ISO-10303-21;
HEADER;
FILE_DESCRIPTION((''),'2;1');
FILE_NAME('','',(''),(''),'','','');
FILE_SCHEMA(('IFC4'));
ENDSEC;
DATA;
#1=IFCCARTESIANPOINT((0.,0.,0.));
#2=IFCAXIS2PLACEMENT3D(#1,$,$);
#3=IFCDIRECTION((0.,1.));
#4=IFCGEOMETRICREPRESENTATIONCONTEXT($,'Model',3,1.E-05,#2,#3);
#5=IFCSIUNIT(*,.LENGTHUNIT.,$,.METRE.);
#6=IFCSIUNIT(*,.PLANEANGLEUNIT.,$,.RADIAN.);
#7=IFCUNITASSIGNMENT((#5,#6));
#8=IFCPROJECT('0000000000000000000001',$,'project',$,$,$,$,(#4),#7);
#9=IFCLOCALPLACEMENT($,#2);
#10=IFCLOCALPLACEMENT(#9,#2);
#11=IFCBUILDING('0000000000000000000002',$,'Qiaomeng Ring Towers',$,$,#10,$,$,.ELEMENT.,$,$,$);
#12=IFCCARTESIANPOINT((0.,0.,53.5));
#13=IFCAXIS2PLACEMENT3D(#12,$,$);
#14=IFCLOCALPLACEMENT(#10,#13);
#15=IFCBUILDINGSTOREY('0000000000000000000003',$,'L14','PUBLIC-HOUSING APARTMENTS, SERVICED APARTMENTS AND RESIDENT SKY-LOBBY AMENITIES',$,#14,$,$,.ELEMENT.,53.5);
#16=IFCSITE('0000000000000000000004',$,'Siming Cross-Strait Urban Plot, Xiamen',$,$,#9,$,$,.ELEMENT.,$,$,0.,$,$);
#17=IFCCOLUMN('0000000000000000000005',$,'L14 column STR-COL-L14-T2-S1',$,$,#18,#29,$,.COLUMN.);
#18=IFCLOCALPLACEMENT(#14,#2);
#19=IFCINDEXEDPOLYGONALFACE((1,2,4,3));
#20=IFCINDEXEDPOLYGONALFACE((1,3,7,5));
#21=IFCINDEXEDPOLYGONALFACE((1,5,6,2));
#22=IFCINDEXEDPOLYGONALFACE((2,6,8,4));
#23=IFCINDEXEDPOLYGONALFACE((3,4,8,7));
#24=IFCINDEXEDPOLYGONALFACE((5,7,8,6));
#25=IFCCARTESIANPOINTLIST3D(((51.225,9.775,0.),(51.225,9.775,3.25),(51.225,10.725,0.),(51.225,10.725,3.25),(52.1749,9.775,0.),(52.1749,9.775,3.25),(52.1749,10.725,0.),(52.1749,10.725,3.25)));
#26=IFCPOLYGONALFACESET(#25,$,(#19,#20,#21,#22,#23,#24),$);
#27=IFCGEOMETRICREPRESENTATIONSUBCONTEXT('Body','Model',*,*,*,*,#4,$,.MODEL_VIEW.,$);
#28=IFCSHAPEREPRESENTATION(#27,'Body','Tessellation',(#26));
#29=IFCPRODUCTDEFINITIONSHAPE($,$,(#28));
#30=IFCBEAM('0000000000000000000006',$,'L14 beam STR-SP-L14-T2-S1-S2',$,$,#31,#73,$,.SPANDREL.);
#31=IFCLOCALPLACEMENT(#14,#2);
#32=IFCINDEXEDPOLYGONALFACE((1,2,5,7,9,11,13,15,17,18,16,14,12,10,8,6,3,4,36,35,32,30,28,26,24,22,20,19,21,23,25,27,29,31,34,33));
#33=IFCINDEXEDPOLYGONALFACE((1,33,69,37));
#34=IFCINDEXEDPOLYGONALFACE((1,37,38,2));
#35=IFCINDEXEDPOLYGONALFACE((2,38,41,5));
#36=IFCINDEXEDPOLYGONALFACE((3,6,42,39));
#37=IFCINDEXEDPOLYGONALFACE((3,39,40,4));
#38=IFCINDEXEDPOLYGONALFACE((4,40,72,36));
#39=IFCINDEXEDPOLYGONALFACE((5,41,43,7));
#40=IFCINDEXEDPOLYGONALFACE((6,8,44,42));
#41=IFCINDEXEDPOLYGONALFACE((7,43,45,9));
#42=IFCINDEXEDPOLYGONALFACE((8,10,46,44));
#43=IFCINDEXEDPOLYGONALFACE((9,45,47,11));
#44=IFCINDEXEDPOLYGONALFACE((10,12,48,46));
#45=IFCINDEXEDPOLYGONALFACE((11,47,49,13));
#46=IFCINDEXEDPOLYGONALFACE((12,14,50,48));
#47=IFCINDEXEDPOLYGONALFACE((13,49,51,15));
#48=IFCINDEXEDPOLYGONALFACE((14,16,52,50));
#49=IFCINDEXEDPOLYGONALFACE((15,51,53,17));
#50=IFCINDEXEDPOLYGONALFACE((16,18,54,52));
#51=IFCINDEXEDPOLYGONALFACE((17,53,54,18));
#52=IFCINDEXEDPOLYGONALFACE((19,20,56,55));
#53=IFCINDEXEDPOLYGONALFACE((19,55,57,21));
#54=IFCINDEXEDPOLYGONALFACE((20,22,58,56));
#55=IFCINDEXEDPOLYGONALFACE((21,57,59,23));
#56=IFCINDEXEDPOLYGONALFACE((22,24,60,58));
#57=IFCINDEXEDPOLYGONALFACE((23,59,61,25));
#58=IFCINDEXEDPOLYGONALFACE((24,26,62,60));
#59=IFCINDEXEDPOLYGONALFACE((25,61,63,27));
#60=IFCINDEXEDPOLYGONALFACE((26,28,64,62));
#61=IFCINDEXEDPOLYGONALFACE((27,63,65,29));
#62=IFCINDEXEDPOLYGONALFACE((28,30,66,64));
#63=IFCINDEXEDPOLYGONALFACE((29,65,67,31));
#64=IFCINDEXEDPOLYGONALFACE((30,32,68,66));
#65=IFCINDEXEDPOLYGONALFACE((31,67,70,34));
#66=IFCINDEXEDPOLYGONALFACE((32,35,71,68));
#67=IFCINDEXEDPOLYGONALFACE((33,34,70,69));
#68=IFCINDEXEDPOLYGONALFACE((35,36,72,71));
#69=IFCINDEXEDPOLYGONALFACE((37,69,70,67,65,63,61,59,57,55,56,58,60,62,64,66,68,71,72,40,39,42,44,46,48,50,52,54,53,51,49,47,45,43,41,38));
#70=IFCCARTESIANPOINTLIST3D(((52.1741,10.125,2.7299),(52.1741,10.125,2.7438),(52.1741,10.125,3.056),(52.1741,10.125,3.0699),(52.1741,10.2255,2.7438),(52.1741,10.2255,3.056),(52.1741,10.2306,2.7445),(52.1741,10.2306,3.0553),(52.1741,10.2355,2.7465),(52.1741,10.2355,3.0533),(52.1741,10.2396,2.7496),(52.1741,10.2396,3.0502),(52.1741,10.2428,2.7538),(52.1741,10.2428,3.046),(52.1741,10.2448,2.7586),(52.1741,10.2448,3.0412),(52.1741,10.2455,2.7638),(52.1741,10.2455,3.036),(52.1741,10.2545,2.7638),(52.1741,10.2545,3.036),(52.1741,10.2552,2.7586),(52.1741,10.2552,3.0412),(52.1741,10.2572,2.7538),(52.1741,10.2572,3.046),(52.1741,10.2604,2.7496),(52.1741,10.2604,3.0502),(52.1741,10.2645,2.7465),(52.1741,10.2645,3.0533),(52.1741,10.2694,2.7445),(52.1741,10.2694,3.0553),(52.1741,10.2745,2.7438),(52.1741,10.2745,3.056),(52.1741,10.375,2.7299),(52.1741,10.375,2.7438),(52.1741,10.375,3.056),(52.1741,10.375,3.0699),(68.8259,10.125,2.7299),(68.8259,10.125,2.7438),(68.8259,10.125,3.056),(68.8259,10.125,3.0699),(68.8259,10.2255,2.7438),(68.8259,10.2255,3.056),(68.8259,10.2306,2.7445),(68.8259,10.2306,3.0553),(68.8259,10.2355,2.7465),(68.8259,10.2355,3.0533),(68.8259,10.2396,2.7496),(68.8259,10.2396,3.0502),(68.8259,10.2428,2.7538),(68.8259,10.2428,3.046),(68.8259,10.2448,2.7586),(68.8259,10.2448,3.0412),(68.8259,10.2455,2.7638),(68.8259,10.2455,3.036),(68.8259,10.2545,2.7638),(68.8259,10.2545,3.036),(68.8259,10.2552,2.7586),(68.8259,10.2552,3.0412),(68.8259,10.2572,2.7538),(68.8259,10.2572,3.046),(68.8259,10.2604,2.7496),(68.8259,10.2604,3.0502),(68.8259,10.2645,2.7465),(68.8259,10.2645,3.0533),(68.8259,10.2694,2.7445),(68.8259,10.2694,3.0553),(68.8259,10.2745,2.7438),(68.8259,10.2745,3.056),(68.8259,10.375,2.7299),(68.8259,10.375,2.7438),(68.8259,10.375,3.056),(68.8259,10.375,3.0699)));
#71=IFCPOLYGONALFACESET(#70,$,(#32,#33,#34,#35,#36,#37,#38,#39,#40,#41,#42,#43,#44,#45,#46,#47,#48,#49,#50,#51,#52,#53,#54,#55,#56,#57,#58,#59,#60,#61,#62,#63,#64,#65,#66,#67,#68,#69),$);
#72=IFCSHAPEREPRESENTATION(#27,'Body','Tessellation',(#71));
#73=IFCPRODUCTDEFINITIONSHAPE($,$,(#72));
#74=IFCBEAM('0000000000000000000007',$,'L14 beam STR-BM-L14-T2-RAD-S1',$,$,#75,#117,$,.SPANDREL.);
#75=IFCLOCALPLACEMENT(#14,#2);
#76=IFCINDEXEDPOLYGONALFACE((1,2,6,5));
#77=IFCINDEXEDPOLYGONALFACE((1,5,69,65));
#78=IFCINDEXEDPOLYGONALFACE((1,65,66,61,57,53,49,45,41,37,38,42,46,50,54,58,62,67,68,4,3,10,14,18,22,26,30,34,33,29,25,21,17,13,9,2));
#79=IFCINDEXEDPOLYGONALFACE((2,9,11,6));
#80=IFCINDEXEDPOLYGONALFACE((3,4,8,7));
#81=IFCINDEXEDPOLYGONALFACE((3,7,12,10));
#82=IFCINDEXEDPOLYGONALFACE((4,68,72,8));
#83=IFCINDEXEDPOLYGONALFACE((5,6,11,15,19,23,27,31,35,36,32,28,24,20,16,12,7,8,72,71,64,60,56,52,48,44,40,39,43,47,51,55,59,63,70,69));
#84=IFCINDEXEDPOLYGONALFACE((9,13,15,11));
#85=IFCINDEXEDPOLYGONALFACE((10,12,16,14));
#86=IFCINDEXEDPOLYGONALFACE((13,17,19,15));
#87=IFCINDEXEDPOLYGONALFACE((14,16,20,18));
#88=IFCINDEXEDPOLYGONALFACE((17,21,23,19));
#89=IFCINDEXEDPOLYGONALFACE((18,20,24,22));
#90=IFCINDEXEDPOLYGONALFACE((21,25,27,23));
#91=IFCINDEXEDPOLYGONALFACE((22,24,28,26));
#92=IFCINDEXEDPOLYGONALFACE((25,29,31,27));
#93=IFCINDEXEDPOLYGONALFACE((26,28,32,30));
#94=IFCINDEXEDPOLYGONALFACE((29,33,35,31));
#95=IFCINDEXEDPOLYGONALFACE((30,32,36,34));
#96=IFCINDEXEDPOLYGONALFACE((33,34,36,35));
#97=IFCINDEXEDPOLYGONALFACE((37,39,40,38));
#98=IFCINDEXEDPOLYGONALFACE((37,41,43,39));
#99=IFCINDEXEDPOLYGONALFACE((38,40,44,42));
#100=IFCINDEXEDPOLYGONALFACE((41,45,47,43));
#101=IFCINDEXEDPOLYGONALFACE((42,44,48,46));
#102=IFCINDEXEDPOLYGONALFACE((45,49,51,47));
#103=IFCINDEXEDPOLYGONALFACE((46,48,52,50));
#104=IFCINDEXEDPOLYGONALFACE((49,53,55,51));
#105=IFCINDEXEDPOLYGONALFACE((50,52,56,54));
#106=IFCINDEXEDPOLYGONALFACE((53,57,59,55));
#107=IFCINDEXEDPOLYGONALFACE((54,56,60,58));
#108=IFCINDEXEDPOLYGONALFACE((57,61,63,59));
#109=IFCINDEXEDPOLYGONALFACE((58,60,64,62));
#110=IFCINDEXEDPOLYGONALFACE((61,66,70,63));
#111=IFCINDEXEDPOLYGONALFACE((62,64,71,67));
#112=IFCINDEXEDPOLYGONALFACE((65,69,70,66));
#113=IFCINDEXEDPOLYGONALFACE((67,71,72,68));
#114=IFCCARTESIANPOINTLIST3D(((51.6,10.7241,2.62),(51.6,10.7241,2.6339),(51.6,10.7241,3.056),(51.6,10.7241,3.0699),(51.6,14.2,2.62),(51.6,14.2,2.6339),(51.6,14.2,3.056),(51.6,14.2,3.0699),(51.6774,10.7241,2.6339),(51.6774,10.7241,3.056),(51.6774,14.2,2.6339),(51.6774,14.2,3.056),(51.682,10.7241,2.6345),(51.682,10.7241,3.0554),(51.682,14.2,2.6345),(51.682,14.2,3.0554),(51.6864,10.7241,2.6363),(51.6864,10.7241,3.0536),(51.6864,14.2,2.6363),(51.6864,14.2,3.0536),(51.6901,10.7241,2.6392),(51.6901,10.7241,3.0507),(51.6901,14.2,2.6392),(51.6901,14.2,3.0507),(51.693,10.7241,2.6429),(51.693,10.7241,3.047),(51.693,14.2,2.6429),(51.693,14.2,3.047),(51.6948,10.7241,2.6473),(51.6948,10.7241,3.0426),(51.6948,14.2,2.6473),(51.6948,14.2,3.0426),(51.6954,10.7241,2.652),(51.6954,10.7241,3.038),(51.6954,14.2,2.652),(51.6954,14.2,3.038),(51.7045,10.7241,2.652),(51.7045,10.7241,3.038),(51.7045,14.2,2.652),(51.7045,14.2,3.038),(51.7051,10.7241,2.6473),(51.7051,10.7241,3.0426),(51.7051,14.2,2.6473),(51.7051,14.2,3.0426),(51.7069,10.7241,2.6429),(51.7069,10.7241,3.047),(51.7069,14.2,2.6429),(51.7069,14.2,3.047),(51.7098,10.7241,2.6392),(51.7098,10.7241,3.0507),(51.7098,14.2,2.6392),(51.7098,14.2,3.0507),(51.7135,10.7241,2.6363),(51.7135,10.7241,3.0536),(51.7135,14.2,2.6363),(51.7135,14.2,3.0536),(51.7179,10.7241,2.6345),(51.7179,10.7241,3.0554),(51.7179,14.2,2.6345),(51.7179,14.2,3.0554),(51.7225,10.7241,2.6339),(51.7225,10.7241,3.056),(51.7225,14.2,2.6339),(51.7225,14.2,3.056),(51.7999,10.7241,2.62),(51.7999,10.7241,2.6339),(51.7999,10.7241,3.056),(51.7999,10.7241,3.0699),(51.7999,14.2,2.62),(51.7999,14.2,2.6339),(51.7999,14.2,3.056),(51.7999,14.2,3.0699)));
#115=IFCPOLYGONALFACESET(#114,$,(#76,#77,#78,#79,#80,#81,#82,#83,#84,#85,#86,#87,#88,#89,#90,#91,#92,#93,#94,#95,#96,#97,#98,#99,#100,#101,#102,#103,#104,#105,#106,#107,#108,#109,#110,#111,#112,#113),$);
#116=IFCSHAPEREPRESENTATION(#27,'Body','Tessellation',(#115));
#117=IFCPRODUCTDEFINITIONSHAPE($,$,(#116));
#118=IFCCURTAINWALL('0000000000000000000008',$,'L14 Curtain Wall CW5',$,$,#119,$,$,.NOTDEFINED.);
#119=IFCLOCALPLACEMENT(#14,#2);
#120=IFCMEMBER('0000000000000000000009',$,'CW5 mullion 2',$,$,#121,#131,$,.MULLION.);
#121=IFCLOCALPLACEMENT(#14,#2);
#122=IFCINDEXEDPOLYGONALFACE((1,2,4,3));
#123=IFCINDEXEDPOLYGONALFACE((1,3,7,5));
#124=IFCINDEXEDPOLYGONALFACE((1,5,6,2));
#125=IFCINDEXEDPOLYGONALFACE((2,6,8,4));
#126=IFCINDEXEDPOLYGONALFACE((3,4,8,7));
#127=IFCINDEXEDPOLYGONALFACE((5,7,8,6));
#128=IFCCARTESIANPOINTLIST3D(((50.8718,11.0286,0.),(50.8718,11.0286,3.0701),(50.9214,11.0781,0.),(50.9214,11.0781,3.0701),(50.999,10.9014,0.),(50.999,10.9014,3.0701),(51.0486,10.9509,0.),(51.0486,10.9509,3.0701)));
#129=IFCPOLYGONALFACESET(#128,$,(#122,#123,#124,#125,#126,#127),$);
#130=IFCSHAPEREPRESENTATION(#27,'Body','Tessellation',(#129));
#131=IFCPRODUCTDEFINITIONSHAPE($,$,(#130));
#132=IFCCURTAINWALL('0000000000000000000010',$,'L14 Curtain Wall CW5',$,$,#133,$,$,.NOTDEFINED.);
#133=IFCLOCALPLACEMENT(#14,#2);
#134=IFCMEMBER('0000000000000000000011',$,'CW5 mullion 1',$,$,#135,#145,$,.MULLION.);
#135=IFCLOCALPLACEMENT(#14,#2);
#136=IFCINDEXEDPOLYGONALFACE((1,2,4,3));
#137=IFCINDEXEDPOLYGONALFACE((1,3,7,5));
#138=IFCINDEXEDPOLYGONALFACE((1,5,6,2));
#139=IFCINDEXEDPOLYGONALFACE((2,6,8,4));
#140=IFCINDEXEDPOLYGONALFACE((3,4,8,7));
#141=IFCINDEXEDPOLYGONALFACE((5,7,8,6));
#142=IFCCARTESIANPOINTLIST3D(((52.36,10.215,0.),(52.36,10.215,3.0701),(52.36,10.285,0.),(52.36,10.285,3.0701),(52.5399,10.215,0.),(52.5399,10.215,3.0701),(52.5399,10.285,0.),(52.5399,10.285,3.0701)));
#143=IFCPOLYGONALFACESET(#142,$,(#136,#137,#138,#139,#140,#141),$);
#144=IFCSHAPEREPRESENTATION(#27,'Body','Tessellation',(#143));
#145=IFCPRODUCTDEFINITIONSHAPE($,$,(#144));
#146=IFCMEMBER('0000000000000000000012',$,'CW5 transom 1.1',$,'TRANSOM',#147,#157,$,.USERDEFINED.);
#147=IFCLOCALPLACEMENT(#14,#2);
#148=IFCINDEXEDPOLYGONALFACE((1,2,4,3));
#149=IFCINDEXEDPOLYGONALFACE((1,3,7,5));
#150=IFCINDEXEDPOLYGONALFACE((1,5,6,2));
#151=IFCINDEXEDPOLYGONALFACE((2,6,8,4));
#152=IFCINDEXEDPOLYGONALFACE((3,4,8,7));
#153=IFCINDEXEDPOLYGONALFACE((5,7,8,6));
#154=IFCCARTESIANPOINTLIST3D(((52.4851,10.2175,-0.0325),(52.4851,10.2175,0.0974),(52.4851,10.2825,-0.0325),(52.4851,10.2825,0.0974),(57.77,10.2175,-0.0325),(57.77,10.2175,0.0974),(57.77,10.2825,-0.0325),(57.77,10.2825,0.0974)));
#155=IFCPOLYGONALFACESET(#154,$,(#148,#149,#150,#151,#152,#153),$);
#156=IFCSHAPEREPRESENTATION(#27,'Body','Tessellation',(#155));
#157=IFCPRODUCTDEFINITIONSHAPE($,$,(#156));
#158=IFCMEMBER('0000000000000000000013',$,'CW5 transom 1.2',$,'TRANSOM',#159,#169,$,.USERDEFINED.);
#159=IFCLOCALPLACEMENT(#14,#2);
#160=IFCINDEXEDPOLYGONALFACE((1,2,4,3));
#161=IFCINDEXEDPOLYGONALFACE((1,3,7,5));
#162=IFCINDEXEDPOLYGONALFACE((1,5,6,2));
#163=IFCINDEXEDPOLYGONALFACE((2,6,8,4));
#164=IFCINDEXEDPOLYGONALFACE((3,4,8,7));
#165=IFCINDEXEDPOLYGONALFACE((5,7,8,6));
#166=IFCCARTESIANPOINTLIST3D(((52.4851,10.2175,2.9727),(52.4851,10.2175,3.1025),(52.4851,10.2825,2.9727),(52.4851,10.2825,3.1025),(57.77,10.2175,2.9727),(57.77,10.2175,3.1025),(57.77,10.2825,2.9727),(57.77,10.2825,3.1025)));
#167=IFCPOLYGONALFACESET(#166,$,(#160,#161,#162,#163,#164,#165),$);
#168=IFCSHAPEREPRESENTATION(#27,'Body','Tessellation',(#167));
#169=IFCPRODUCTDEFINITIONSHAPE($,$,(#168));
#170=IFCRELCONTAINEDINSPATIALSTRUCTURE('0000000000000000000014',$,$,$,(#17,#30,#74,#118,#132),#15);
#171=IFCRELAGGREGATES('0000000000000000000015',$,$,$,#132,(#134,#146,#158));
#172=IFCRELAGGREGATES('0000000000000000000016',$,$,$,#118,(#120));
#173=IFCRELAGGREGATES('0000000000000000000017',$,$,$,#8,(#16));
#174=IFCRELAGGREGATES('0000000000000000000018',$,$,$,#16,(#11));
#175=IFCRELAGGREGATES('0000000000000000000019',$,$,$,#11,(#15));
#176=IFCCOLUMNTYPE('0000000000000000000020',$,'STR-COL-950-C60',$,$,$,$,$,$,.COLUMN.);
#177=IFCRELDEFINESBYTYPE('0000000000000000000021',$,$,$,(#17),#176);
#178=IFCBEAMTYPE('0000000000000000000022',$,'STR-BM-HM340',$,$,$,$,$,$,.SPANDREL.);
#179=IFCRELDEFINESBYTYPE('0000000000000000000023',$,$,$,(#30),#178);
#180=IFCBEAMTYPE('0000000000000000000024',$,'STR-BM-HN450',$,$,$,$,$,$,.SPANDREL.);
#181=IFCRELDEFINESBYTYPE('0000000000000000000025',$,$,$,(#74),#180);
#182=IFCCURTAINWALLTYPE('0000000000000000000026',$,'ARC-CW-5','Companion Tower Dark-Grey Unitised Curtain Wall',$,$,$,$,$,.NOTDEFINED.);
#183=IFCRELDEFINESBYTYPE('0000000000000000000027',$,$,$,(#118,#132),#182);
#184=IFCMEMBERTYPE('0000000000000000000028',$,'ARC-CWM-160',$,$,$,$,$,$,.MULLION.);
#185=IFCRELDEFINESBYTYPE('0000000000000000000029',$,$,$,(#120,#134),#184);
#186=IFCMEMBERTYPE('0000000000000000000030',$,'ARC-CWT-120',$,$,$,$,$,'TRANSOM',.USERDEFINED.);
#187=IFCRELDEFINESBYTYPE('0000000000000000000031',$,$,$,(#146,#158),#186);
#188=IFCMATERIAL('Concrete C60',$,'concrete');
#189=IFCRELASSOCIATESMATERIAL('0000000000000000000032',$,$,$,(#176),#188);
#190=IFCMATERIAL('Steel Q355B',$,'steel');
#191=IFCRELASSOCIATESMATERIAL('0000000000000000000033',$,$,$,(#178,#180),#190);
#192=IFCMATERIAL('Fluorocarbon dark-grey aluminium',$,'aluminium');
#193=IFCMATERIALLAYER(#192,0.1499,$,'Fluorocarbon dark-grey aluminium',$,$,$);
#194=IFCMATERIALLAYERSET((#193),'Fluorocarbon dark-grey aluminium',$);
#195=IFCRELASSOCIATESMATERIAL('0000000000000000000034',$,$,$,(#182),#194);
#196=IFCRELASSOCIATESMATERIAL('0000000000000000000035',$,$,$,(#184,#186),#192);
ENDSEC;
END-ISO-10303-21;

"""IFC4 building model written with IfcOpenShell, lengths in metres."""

from ifc_helpers import new_model, si_unit, direction, frame, origin, origin_2d, place, context, subcontext, project, spatial, rectangle, i_section, extrude, source, transform, mapped, material, layer, layer_set, material_profile, profile_set, type_object, element, aggregate, save


model = new_model("IFC4")

# Units and contexts
model_context = context("Model", 3, precision=1e-05, world=origin(), true_north=direction((0.0, 1.0)))
body_context = subcontext(model_context, "Body", "Model", "MODEL_VIEW")
ifc_project = project(units=[si_unit("LENGTHUNIT", "METRE"), si_unit("PLANEANGLEUNIT", "RADIAN")], contexts=[model_context])

# Site, building, storey
site_placement = place(None, origin())
site = spatial("IfcSite", under=ifc_project, at=site_placement, Name="Siming Cross-Strait Urban Plot, Xiamen", CompositionType="ELEMENT", RefElevation=0.0)
building_placement = place(site_placement, origin())
building = spatial("IfcBuilding", under=site, at=building_placement, Name="Qiaomeng Ring Towers", CompositionType="ELEMENT")
storey_placement = place(building_placement, frame((0.0, 0.0, 53.5)))
storey = spatial("IfcBuildingStorey", under=building, at=storey_placement, Name="L14", Description="PUBLIC-HOUSING APARTMENTS, SERVICED APARTMENTS AND RESIDENT SKY-LOBBY AMENITIES", CompositionType="ELEMENT", Elevation=53.5)

# Column
ifc_material_1 = material(Name="Concrete C60", Category="concrete")
ifc_material_profile_1 = material_profile(ifc_material_1, rectangle(XDim=0.95, YDim=0.95, at=origin_2d()), Name="RC COL 950x950")
ifc_profile_set_1 = profile_set([ifc_material_profile_1], Name="Concrete C60")
column_type = type_object("IfcColumnType", Name="STR-COL-950-C60", PredefinedType="COLUMN", material=ifc_profile_set_1)
shared_shape_1 = source(origin(), body_context, "Body", "SweptSolid", [
    extrude(rectangle(XDim=0.95, YDim=0.95, at=origin_2d()), origin(), (0.0, 0.0, 1.0), 3.25),
])
column_placement = place(storey_placement, frame((51.7, 10.25, 0.0), z_axis=(0.0, 0.0, 1.0), x_axis=(1.0, 0.0, 0.0)))
element("IfcColumn", 1, at=column_placement, inside=storey, type_object=column_type, Name="L14 column STR-COL-L14-T2-S1", PredefinedType="COLUMN", context=body_context, shape_type="MappedRepresentation", body=[
    mapped(shared_shape_1, transform((0.0, 0.0, 0.0), x_axis=(1.0, 0.0, 0.0), y_axis=(0.0, 1.0, 0.0), z_axis=(0.0, 0.0, 1.0), scale=1.0)),
])

# Beams
ifc_material_2 = material(Name="Steel Q355B", Category="steel")
ifc_material_profile_2 = material_profile(ifc_material_2, i_section(OverallWidth=0.25, OverallDepth=0.3401, WebThickness=0.009, FlangeThickness=0.0139, FilletRadius=0.02, at=origin_2d()), Name="HM 340x250x9x14")
ifc_profile_set_2 = profile_set([ifc_material_profile_2], Name="Steel Q355B")
beam_type_1 = type_object("IfcBeamType", Name="STR-BM-HM340", PredefinedType="SPANDREL", material=ifc_profile_set_2)
shared_shape_2 = source(origin(), body_context, "Body", "SweptSolid", [
    extrude(i_section(OverallWidth=0.25, OverallDepth=0.3401, WebThickness=0.009, FlangeThickness=0.0139, FilletRadius=0.02, at=origin_2d()), origin(), (0.0, 0.0, 1.0), 16.6519),
])
beam_1_placement = place(storey_placement, frame((52.1741, 10.25, 2.8999), z_axis=(1.0, 0.0, 0.0), x_axis=(0.0, 1.0, 0.0)))
element("IfcBeam", 2, at=beam_1_placement, inside=storey, type_object=beam_type_1, Name="L14 beam STR-SP-L14-T2-S1-S2", PredefinedType="SPANDREL", context=body_context, shape_type="MappedRepresentation", body=[
    mapped(shared_shape_2, transform((0.0, 0.0, 0.0), x_axis=(1.0, 0.0, 0.0), y_axis=(0.0, 1.0, 0.0), z_axis=(0.0, 0.0, 1.0), scale=1.0)),
])
ifc_material_profile_3 = material_profile(ifc_material_2, i_section(OverallWidth=0.2, OverallDepth=0.45, WebThickness=0.009, FlangeThickness=0.0139, FilletRadius=0.0181, at=origin_2d()), Name="HN 450x200x9x14")
ifc_profile_set_3 = profile_set([ifc_material_profile_3], Name="Steel Q355B")
beam_type_2 = type_object("IfcBeamType", Name="STR-BM-HN450", PredefinedType="SPANDREL", material=ifc_profile_set_3)
shared_shape_3 = source(origin(), body_context, "Body", "SweptSolid", [
    extrude(i_section(OverallWidth=0.2, OverallDepth=0.45, WebThickness=0.009, FlangeThickness=0.0139, FilletRadius=0.0181, at=origin_2d()), origin(), (0.0, 0.0, 1.0), 3.4758),
])
beam_2_placement = place(storey_placement, frame((51.7, 10.7241, 2.845), z_axis=(0.0, 1.0, 0.0), x_axis=(-1.0, 0.0, 0.0)))
element("IfcBeam", 3, at=beam_2_placement, inside=storey, type_object=beam_type_2, Name="L14 beam STR-BM-L14-T2-RAD-S1", PredefinedType="SPANDREL", context=body_context, shape_type="MappedRepresentation", body=[
    mapped(shared_shape_3, transform((0.0, 0.0, 0.0), x_axis=(1.0, 0.0, 0.0), y_axis=(0.0, 1.0, 0.0), z_axis=(0.0, 0.0, 1.0), scale=1.0)),
])

# Curtain wall, member
ifc_material_3 = material(Name="Fluorocarbon dark-grey aluminium", Category="aluminium")
ifc_layer_1 = layer(ifc_material_3, 0.1499, Name="Fluorocarbon dark-grey aluminium")
ifc_layer_set_1 = layer_set([ifc_layer_1], Name="Fluorocarbon dark-grey aluminium")
curtain_wall_type = type_object("IfcCurtainWallType", Name="ARC-CW-5", Description="Companion Tower Dark-Grey Unitised Curtain Wall", PredefinedType="NOTDEFINED", material=ifc_layer_set_1)
curtain_wall_1_placement = place(storey_placement, origin())
curtain_wall_1 = element("IfcCurtainWall", 4, at=curtain_wall_1_placement, inside=storey, type_object=curtain_wall_type, Name="L14 Curtain Wall CW5", PredefinedType="NOTDEFINED")
ifc_material_profile_4 = material_profile(ifc_material_3, rectangle(XDim=0.0701, YDim=0.1799, at=origin_2d()), Name="ALU MULL 70x180")
ifc_profile_set_4 = profile_set([ifc_material_profile_4], Name="Fluorocarbon dark-grey aluminium")
member_type_1 = type_object("IfcMemberType", Name="ARC-CWM-160", PredefinedType="MULLION", material=ifc_profile_set_4)
shared_shape_4 = source(origin(), body_context, "Body", "SweptSolid", [
    extrude(rectangle(XDim=0.0701, YDim=0.1799, at=origin_2d()), origin(), (0.0, 0.0, 1.0), 3.0701),
])
member_1_placement = place(storey_placement, frame((50.9602, 10.9897, 0.0), z_axis=(0.0, 0.0, 1.0), x_axis=(0.707107, 0.707107, 0.0)))
member_1 = element("IfcMember", 5, at=member_1_placement, type_object=member_type_1, Name="CW5 mullion 2", PredefinedType="MULLION", context=body_context, shape_type="MappedRepresentation", body=[
    mapped(shared_shape_4, transform((0.0, 0.0, 0.0), x_axis=(1.0, 0.0, 0.0), y_axis=(0.0, 1.0, 0.0), z_axis=(0.0, 0.0, 1.0), scale=1.0)),
])

# Curtain wall, members
curtain_wall_2_placement = place(storey_placement, origin())
curtain_wall_2 = element("IfcCurtainWall", 6, at=curtain_wall_2_placement, inside=storey, type_object=curtain_wall_type, Name="L14 Curtain Wall CW5", PredefinedType="NOTDEFINED")
member_2_placement = place(storey_placement, frame((52.45, 10.25, 0.0), z_axis=(0.0, 0.0, 1.0), x_axis=(0.0, 1.0, 0.0)))
member_2 = element("IfcMember", 7, at=member_2_placement, type_object=member_type_1, Name="CW5 mullion 1", PredefinedType="MULLION", context=body_context, shape_type="MappedRepresentation", body=[
    mapped(shared_shape_4, transform((0.0, 0.0, 0.0), x_axis=(1.0, 0.0, 0.0), y_axis=(0.0, 1.0, 0.0), z_axis=(0.0, 0.0, 1.0), scale=1.0)),
])
ifc_material_profile_5 = material_profile(ifc_material_3, rectangle(XDim=0.0649, YDim=0.1299, at=origin_2d()), Name="ALU TRAN 65x130")
ifc_profile_set_5 = profile_set([ifc_material_profile_5], Name="Fluorocarbon dark-grey aluminium")
member_type_2 = type_object("IfcMemberType", Name="ARC-CWT-120", ElementType="TRANSOM", PredefinedType="USERDEFINED", material=ifc_profile_set_5)
shared_shape_5 = source(origin(), body_context, "Body", "SweptSolid", [
    extrude(rectangle(XDim=0.0649, YDim=0.1299, at=origin_2d()), origin(), (0.0, 0.0, 1.0), 5.2849),
])
member_3_placement = place(storey_placement, frame((52.4851, 10.25, 0.0325), z_axis=(1.0, 0.0, 0.0), x_axis=(0.0, 1.0, 0.0)))
member_3 = element("IfcMember", 8, at=member_3_placement, type_object=member_type_2, Name="CW5 transom 1.1", ObjectType="TRANSOM", PredefinedType="USERDEFINED", context=body_context, shape_type="MappedRepresentation", body=[
    mapped(shared_shape_5, transform((0.0, 0.0, 0.0), x_axis=(1.0, 0.0, 0.0), y_axis=(0.0, 1.0, 0.0), z_axis=(0.0, 0.0, 1.0), scale=1.0)),
])
member_4_placement = place(storey_placement, frame((52.4851, 10.25, 3.0376), z_axis=(1.0, 0.0, 0.0), x_axis=(0.0, 1.0, 0.0)))
member_4 = element("IfcMember", 9, at=member_4_placement, type_object=member_type_2, Name="CW5 transom 1.2", ObjectType="TRANSOM", PredefinedType="USERDEFINED", context=body_context, shape_type="MappedRepresentation", body=[
    mapped(shared_shape_5, transform((0.0, 0.0, 0.0), x_axis=(1.0, 0.0, 0.0), y_axis=(0.0, 1.0, 0.0), z_axis=(0.0, 0.0, 1.0), scale=1.0)),
])
aggregate(curtain_wall_2, [member_2, member_3, member_4])

aggregate(curtain_wall_1, [member_1])

save(model, "model.ifc")
